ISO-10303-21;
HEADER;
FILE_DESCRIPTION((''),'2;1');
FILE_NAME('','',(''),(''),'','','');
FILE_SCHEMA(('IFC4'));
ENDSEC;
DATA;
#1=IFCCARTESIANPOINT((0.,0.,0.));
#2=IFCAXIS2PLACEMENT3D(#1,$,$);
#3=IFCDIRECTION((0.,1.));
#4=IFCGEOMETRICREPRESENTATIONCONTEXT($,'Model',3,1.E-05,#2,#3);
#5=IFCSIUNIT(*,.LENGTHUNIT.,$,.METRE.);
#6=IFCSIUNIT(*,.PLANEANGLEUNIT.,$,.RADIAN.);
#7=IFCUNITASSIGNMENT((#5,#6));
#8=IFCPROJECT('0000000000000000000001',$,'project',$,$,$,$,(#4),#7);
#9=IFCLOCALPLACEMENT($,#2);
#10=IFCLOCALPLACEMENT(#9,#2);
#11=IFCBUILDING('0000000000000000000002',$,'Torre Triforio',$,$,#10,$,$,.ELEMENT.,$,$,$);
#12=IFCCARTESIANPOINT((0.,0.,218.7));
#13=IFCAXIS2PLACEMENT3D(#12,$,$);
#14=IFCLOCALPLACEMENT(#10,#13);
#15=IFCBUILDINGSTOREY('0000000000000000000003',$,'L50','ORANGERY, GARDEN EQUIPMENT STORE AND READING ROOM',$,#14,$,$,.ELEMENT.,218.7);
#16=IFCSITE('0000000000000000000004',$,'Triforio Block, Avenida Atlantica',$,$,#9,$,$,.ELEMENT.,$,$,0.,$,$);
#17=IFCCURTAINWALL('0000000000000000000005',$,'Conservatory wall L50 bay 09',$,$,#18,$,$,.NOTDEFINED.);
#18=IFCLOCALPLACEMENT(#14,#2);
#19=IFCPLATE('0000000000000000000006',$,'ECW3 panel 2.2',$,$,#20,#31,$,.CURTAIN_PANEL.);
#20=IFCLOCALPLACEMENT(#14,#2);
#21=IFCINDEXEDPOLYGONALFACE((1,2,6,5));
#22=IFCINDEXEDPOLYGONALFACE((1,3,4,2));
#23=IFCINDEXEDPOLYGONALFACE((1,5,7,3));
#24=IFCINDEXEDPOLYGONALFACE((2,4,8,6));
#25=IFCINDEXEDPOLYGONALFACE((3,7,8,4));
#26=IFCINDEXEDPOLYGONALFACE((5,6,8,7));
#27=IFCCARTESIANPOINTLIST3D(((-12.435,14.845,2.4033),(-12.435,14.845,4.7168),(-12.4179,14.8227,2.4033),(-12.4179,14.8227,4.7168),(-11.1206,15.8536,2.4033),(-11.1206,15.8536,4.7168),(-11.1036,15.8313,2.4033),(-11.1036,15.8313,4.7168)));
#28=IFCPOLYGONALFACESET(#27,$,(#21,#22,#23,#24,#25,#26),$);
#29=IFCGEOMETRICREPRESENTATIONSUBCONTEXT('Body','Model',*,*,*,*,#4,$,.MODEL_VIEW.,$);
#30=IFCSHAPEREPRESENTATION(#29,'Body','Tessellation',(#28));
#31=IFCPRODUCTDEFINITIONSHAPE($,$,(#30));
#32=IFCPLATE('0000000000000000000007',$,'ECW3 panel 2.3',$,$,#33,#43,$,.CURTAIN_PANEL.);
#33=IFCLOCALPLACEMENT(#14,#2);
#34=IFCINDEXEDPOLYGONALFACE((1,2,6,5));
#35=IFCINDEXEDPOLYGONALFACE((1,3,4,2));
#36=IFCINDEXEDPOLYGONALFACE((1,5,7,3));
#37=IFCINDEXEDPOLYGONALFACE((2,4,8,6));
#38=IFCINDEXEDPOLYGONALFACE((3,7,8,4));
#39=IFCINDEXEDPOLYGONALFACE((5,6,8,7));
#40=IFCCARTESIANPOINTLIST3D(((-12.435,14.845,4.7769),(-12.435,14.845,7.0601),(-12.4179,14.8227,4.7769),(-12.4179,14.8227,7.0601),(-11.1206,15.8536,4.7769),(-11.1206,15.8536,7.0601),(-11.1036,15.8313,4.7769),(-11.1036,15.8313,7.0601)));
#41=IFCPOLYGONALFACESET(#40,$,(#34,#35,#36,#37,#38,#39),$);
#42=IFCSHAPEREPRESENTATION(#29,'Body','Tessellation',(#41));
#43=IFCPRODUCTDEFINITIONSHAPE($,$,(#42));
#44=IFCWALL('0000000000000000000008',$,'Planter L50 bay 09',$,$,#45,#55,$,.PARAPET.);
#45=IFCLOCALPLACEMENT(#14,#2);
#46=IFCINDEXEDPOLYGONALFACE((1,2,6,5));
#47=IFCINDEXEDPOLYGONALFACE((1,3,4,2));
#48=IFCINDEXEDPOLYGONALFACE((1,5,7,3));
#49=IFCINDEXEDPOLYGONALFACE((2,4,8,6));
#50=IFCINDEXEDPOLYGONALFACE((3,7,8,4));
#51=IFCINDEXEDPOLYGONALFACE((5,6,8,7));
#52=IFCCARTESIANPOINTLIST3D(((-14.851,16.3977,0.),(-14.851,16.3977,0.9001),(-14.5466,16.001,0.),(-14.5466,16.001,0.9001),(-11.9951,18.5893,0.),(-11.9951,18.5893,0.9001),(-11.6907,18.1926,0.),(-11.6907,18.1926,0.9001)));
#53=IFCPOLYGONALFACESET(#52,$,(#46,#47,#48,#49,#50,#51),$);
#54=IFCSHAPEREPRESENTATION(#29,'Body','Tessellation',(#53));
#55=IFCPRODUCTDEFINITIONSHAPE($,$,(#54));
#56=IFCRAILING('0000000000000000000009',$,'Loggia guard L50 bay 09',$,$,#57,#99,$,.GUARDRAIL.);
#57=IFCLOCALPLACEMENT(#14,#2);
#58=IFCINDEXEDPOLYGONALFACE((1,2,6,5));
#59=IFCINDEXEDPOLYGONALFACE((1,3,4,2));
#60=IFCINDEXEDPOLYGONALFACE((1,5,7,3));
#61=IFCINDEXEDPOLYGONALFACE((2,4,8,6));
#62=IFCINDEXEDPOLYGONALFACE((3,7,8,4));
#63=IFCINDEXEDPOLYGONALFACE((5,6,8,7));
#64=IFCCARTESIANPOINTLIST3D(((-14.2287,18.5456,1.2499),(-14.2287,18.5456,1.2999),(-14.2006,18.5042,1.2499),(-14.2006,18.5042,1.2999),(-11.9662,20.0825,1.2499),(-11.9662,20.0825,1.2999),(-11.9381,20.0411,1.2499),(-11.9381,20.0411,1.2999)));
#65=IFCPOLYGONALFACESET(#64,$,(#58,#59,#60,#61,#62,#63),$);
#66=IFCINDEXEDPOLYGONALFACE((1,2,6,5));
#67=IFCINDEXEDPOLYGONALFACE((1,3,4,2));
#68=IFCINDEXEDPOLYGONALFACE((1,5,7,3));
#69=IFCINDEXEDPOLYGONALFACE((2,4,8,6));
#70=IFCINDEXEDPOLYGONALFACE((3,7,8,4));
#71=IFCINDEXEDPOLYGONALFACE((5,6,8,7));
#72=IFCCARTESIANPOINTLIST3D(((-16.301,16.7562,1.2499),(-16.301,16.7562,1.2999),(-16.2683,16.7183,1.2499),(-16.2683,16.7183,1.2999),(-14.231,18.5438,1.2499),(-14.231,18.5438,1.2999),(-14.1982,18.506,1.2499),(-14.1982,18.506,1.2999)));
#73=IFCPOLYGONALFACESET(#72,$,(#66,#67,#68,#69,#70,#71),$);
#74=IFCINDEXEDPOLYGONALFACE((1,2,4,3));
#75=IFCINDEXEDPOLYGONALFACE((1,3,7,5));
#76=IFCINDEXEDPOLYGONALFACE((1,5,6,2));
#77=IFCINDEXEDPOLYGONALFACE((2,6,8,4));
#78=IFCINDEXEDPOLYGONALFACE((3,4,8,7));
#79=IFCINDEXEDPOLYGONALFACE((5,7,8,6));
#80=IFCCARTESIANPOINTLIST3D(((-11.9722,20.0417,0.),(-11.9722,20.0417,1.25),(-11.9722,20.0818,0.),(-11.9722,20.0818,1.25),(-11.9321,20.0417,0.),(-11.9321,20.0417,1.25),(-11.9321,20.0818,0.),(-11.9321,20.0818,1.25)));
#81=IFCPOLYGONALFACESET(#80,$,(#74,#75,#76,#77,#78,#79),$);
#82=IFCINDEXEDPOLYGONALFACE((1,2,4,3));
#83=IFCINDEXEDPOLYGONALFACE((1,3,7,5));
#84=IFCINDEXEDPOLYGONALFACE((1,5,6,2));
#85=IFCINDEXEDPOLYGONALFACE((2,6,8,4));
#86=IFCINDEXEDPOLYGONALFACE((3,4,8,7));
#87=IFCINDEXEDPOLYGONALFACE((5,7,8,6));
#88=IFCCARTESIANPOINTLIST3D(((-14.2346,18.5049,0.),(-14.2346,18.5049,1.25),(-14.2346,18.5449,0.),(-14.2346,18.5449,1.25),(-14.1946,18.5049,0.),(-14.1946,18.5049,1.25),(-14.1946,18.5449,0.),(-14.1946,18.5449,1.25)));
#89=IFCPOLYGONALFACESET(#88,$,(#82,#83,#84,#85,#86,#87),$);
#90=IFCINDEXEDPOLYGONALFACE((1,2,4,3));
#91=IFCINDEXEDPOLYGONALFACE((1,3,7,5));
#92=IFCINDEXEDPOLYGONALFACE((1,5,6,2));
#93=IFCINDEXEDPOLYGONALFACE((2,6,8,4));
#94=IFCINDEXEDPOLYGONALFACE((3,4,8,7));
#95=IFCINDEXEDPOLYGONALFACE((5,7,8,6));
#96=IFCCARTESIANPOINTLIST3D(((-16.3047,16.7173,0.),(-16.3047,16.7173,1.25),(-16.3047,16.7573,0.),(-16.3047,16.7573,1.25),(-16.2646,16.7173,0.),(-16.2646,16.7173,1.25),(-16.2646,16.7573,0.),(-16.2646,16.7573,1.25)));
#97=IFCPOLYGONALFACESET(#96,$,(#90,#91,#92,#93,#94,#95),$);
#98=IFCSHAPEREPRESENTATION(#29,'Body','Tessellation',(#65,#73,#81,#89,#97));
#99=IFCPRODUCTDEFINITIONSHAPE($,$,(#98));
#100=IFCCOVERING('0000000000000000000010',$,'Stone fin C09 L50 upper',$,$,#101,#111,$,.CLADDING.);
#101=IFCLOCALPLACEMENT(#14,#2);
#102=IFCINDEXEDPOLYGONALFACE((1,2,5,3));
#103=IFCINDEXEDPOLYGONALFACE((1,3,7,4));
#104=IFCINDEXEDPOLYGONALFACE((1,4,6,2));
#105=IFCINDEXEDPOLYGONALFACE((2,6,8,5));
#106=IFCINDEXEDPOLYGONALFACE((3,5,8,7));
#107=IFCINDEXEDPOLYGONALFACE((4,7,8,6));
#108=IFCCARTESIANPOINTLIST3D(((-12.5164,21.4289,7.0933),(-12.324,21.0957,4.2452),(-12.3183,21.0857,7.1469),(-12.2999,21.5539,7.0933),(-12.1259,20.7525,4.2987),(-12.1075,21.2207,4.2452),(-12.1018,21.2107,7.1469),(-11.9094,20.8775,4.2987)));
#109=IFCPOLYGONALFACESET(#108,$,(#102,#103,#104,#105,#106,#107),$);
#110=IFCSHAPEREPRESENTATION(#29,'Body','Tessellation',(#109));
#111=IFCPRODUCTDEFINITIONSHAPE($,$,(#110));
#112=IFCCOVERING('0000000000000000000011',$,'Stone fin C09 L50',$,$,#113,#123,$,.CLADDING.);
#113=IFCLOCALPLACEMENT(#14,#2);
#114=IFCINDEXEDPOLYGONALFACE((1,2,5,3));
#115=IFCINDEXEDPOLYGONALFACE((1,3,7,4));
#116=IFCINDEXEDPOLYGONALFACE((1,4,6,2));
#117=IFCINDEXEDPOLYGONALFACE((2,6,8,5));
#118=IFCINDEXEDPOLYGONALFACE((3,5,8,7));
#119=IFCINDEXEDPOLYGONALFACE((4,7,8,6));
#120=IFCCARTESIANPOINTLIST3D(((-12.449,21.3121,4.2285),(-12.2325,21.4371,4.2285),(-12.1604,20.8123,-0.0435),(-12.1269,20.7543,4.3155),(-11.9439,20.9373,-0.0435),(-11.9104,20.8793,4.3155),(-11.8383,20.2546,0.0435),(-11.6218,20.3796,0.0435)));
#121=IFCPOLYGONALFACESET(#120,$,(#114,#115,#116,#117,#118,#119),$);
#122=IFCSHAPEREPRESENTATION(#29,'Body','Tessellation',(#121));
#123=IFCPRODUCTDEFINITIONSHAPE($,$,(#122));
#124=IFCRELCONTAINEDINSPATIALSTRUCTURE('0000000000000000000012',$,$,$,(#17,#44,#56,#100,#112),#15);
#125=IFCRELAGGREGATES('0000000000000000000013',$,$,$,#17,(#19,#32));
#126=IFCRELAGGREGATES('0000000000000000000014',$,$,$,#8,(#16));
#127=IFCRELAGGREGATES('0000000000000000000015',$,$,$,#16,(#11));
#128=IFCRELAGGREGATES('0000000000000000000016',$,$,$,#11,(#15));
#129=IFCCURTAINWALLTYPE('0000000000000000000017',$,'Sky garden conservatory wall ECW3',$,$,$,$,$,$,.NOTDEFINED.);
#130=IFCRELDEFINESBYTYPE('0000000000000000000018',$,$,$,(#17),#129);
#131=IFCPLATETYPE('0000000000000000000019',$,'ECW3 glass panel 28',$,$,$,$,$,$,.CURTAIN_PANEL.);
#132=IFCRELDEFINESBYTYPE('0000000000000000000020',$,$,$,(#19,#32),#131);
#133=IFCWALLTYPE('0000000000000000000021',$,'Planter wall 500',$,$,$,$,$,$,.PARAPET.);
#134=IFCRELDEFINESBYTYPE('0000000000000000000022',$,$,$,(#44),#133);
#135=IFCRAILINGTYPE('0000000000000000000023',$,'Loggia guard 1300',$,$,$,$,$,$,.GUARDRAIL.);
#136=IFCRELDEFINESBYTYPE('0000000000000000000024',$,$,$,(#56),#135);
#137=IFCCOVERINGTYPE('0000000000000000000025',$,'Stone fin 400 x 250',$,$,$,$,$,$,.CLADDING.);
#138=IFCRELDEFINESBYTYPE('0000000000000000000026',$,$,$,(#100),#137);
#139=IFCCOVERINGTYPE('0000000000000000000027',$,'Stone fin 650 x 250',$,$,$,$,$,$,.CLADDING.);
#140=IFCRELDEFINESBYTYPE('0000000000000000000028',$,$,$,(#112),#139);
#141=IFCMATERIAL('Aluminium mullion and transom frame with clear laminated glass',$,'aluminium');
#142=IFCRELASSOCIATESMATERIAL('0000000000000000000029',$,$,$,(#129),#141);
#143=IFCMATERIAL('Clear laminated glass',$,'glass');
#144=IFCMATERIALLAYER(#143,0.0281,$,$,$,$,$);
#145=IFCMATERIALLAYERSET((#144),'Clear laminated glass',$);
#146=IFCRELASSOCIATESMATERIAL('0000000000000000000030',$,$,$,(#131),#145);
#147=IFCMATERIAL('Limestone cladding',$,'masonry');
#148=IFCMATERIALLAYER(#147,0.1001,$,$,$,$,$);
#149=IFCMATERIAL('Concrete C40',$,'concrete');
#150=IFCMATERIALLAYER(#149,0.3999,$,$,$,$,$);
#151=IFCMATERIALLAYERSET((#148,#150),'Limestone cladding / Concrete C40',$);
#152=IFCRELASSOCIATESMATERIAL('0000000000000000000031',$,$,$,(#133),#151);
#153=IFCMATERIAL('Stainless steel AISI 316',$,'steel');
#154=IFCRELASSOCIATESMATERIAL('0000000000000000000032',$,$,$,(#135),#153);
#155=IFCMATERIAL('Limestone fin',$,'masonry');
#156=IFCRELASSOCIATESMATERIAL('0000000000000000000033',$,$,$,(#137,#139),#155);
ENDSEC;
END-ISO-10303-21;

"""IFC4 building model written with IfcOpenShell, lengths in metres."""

from ifc_helpers import new_model, si_unit, direction, frame, frame_2d, origin, origin_2d, place, context, subcontext, project, spatial, rectangle, extrude, material, layer, layer_set, material_profile, profile_set, type_object, element, aggregate, save


model = new_model("IFC4")

# Units and contexts
model_context = context("Model", 3, precision=1e-05, world=origin(), true_north=direction((0.0, 1.0)))
body_context = subcontext(model_context, "Body", "Model", "MODEL_VIEW")
ifc_project = project(units=[si_unit("LENGTHUNIT", "METRE"), si_unit("PLANEANGLEUNIT", "RADIAN")], contexts=[model_context])

# Site, building, storey
site_placement = place(None, origin())
site = spatial("IfcSite", under=ifc_project, at=site_placement, Name="Triforio Block, Avenida Atlantica", CompositionType="ELEMENT", RefElevation=0.0)
building_placement = place(site_placement, origin())
building = spatial("IfcBuilding", under=site, at=building_placement, Name="Torre Triforio", CompositionType="ELEMENT")
storey_placement = place(building_placement, frame((0.0, 0.0, 218.7)))
storey = spatial("IfcBuildingStorey", under=building, at=storey_placement, Name="L50", Description="ORANGERY, GARDEN EQUIPMENT STORE AND READING ROOM", CompositionType="ELEMENT", Elevation=218.7)

# Curtain wall
ifc_material_1 = material(Name="Aluminium mullion and transom frame with clear laminated glass", Category="aluminium")
curtain_wall_type = type_object("IfcCurtainWallType", Name="Sky garden conservatory wall ECW3", PredefinedType="NOTDEFINED", material=ifc_material_1)
curtain_wall_placement = place(storey_placement, origin())
curtain_wall = element("IfcCurtainWall", 1, at=curtain_wall_placement, inside=storey, type_object=curtain_wall_type, Name="Conservatory wall L50 bay 09", PredefinedType="NOTDEFINED")

# Shared definitions
ifc_material_2 = material(Name="Concrete C40", Category="concrete")

# Plates
ifc_material_3 = material(Name="Clear laminated glass", Category="glass")
ifc_layer_1 = layer(ifc_material_3, 0.0281)
ifc_layer_set_1 = layer_set([ifc_layer_1], Name="Clear laminated glass")
plate_type = type_object("IfcPlateType", Name="ECW3 glass panel 28", PredefinedType="CURTAIN_PANEL", material=ifc_layer_set_1)
plate_1_placement = place(storey_placement, frame((-11.7693, 15.3381, 2.4033), z_axis=(0.0, 0.0, 1.0), x_axis=(-0.793349, -0.608767, 0.0)))
plate_1 = element("IfcPlate", 2, at=plate_1_placement, type_object=plate_type, Name="ECW3 panel 2.2", PredefinedType="CURTAIN_PANEL", context=body_context, shape_type="SweptSolid", body=[
    extrude(rectangle(XDim=1.6567, YDim=0.0281, at=origin_2d()), origin(), (0.0, 0.0, 1.0), 2.3135),
])
plate_2_placement = place(storey_placement, frame((-11.7693, 15.3381, 4.7769), z_axis=(0.0, 0.0, 1.0), x_axis=(-0.793349, -0.608767, 0.0)))
plate_2 = element("IfcPlate", 3, at=plate_2_placement, type_object=plate_type, Name="ECW3 panel 2.3", PredefinedType="CURTAIN_PANEL", context=body_context, shape_type="SweptSolid", body=[
    extrude(rectangle(XDim=1.6567, YDim=0.0281, at=origin_2d()), origin(), (0.0, 0.0, 1.0), 2.2832),
])
aggregate(curtain_wall, [plate_1, plate_2])

# Wall
ifc_material_4 = material(Name="Limestone cladding", Category="masonry")
ifc_layer_2 = layer(ifc_material_4, 0.1001)
ifc_layer_3 = layer(ifc_material_2, 0.3999)
ifc_layer_set_2 = layer_set([ifc_layer_2, ifc_layer_3], Name="Limestone cladding / Concrete C40")
wall_type = type_object("IfcWallType", Name="Planter wall 500", PredefinedType="PARAPET", material=ifc_layer_set_2)
wall_placement = place(storey_placement, frame((-11.843, 18.3909, 0.0), z_axis=(0.0, 0.0, 1.0), x_axis=(-0.793327, -0.608796, 0.0)))
element("IfcWall", 4, at=wall_placement, inside=storey, type_object=wall_type, Name="Planter L50 bay 09", PredefinedType="PARAPET", context=body_context, shape_type="SweptSolid", body=[
    extrude(rectangle(XDim=3.5999, YDim=0.5, at=frame_2d((1.7998, 0.0))), origin(), (0.0, 0.0, 1.0), 0.9001),
])

# Railing
ifc_material_5 = material(Name="Stainless steel AISI 316", Category="steel")
railing_type = type_object("IfcRailingType", Name="Loggia guard 1300", PredefinedType="GUARDRAIL", material=ifc_material_5)
railing_placement = place(storey_placement, frame((-11.9521, 20.0618, 0.0)))
element("IfcRailing", 5, at=railing_placement, inside=storey, type_object=railing_type, Name="Loggia guard L50 bay 09", PredefinedType="GUARDRAIL", context=body_context, shape_type="SweptSolid", body=[
    extrude(rectangle(XDim=0.05, YDim=0.05, at=origin_2d()), frame((0.0, 0.0, 1.2749), z_axis=(-0.827199, -0.56191, 0.0), x_axis=(0.56191, -0.827199, 0.0)), (0.0, 0.0, 1.0), 2.7351),
    extrude(rectangle(XDim=0.05, YDim=0.05, at=origin_2d()), frame((-2.2625, -1.5369, 1.2749), z_axis=(-0.756857, -0.65358, 0.0), x_axis=(0.65358, -0.756857, 0.0)), (0.0, 0.0, 1.0), 2.7351),
    extrude(rectangle(XDim=0.04, YDim=0.04, at=origin_2d()), origin(), (0.0, 0.0, 1.0), 1.25),
    extrude(rectangle(XDim=0.04, YDim=0.04, at=origin_2d()), frame((-2.2625, -1.5369, 0.0)), (0.0, 0.0, 1.0), 1.25),
    extrude(rectangle(XDim=0.04, YDim=0.04, at=origin_2d()), frame((-4.3325, -3.3245, 0.0)), (0.0, 0.0, 1.0), 1.25),
])

# Coverings
ifc_material_6 = material(Name="Limestone fin", Category="masonry")
ifc_material_profile_1 = material_profile(ifc_material_6, rectangle(XDim=0.3999, YDim=0.25, at=origin_2d()), Name="FIN 400x250")
ifc_profile_set_1 = profile_set([ifc_material_profile_1], Name="Limestone fin")
covering_type_1 = type_object("IfcCoveringType", Name="Stone fin 400 x 250", PredefinedType="CLADDING", material=ifc_profile_set_1)
covering_1_placement = place(storey_placement, frame((-12.1167, 20.9866, 4.272), z_axis=(-0.066939, 0.115953, 0.990997), x_axis=(0.495459, -0.858251, 0.133888)))
element("IfcCovering", 6, at=covering_1_placement, inside=storey, type_object=covering_type_1, Name="Stone fin C09 L50 upper", PredefinedType="CLADDING", context=body_context, shape_type="SweptSolid", body=[
    extrude(rectangle(XDim=0.3999, YDim=0.25, at=origin_2d()), origin(), (0.0, 0.0, 1.0), 2.874),
])
ifc_material_profile_2 = material_profile(ifc_material_6, rectangle(XDim=0.6499, YDim=0.25, at=origin_2d()), Name="FIN 650x250")
ifc_profile_set_2 = profile_set([ifc_material_profile_2], Name="Limestone fin")
covering_type_2 = type_object("IfcCoveringType", Name="Stone fin 650 x 250", PredefinedType="CLADDING", material=ifc_profile_set_2)
covering_2_placement = place(storey_placement, frame((-11.8911, 20.5959, 0.0), z_axis=(-0.066943, 0.115932, 0.990999), x_axis=(0.495551, -0.8582, 0.133871)))
element("IfcCovering", 7, at=covering_2_placement, inside=storey, type_object=covering_type_2, Name="Stone fin C09 L50", PredefinedType="CLADDING", context=body_context, shape_type="SweptSolid", body=[
    extrude(rectangle(XDim=0.6499, YDim=0.25, at=origin_2d()), origin(), (0.0, 0.0, 1.0), 4.3108),
])

save(model, "model.ifc")
